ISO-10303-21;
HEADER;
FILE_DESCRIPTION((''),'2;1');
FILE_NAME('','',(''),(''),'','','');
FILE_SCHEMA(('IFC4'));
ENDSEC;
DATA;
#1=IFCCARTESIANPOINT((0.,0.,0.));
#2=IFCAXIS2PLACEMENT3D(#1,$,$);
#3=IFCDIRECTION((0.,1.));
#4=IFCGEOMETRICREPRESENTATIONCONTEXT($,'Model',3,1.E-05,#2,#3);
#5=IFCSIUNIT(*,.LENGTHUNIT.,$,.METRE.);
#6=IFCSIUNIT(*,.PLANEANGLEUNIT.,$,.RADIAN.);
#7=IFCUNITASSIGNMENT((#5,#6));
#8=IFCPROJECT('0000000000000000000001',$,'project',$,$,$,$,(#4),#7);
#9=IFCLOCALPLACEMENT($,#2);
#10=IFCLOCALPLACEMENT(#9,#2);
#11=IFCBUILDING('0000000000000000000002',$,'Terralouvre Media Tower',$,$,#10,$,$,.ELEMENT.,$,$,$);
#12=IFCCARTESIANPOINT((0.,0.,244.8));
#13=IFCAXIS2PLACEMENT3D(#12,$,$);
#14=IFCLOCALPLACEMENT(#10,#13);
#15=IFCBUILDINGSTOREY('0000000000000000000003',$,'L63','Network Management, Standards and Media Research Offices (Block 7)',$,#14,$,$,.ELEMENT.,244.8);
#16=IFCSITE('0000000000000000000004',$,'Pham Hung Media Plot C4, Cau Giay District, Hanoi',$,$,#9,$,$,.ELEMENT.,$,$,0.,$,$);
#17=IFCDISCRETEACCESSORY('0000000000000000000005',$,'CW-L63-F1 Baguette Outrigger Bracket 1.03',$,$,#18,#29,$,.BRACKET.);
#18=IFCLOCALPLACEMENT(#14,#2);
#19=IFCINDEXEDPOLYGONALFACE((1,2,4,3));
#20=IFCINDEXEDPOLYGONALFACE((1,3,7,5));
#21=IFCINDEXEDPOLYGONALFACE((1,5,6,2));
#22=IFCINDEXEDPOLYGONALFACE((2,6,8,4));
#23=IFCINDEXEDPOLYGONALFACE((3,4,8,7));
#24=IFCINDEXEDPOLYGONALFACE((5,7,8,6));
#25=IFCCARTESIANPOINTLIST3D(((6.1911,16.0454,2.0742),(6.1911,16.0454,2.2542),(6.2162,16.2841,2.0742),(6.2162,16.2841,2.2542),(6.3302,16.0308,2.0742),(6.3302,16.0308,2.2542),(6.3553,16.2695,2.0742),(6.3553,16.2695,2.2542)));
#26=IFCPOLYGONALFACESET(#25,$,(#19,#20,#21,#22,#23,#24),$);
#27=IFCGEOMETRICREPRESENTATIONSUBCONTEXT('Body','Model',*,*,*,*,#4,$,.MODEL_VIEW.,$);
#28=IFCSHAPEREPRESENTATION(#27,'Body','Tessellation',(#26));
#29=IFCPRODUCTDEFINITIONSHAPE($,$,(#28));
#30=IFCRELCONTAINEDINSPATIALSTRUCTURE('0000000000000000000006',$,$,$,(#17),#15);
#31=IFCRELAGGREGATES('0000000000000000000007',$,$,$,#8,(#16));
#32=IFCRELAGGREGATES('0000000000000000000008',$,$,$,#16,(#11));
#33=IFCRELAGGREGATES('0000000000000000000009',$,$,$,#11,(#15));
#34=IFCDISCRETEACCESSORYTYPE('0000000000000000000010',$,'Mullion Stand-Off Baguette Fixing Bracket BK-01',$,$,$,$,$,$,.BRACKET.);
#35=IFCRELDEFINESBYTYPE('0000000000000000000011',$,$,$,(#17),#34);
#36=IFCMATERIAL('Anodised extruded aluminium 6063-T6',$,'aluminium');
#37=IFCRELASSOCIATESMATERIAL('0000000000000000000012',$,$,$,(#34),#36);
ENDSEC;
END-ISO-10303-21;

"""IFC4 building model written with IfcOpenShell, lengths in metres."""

from ifc_helpers import new_model, si_unit, direction, frame, origin, origin_2d, place, context, subcontext, project, spatial, rectangle, extrude, material, type_object, element, save


model = new_model("IFC4")

# Units and contexts
model_context = context("Model", 3, precision=1e-05, world=origin(), true_north=direction((0.0, 1.0)))
body_context = subcontext(model_context, "Body", "Model", "MODEL_VIEW")
ifc_project = project(units=[si_unit("LENGTHUNIT", "METRE"), si_unit("PLANEANGLEUNIT", "RADIAN")], contexts=[model_context])

# Site, building, storey
site_placement = place(None, origin())
site = spatial("IfcSite", under=ifc_project, at=site_placement, Name="Pham Hung Media Plot C4, Cau Giay District, Hanoi", CompositionType="ELEMENT", RefElevation=0.0)
building_placement = place(site_placement, origin())
building = spatial("IfcBuilding", under=site, at=building_placement, Name="Terralouvre Media Tower", CompositionType="ELEMENT")
storey_placement = place(building_placement, frame((0.0, 0.0, 244.8)))
storey = spatial("IfcBuildingStorey", under=building, at=storey_placement, Name="L63", Description="Network Management, Standards and Media Research Offices (Block 7)", CompositionType="ELEMENT", Elevation=244.8)

# Discrete accessory
ifc_material_1 = material(Name="Anodised extruded aluminium 6063-T6", Category="aluminium")
discrete_accessory_type = type_object("IfcDiscreteAccessoryType", Name="Mullion Stand-Off Baguette Fixing Bracket BK-01", PredefinedType="BRACKET", material=ifc_material_1)
discrete_accessory_placement = place(storey_placement, frame((6.2732, 16.1575, 2.0742), z_axis=(0.0, 0.0, 1.0), x_axis=(-0.994522, 0.104529, 0.0)))
element("IfcDiscreteAccessory", 1, at=discrete_accessory_placement, inside=storey, type_object=discrete_accessory_type, Name="CW-L63-F1 Baguette Outrigger Bracket 1.03", PredefinedType="BRACKET", context=body_context, shape_type="SweptSolid", body=[
    extrude(rectangle(XDim=0.1399, YDim=0.24, at=origin_2d()), origin(), (0.0, 0.0, 1.0), 0.1799),
])

save(model, "model.ifc")
